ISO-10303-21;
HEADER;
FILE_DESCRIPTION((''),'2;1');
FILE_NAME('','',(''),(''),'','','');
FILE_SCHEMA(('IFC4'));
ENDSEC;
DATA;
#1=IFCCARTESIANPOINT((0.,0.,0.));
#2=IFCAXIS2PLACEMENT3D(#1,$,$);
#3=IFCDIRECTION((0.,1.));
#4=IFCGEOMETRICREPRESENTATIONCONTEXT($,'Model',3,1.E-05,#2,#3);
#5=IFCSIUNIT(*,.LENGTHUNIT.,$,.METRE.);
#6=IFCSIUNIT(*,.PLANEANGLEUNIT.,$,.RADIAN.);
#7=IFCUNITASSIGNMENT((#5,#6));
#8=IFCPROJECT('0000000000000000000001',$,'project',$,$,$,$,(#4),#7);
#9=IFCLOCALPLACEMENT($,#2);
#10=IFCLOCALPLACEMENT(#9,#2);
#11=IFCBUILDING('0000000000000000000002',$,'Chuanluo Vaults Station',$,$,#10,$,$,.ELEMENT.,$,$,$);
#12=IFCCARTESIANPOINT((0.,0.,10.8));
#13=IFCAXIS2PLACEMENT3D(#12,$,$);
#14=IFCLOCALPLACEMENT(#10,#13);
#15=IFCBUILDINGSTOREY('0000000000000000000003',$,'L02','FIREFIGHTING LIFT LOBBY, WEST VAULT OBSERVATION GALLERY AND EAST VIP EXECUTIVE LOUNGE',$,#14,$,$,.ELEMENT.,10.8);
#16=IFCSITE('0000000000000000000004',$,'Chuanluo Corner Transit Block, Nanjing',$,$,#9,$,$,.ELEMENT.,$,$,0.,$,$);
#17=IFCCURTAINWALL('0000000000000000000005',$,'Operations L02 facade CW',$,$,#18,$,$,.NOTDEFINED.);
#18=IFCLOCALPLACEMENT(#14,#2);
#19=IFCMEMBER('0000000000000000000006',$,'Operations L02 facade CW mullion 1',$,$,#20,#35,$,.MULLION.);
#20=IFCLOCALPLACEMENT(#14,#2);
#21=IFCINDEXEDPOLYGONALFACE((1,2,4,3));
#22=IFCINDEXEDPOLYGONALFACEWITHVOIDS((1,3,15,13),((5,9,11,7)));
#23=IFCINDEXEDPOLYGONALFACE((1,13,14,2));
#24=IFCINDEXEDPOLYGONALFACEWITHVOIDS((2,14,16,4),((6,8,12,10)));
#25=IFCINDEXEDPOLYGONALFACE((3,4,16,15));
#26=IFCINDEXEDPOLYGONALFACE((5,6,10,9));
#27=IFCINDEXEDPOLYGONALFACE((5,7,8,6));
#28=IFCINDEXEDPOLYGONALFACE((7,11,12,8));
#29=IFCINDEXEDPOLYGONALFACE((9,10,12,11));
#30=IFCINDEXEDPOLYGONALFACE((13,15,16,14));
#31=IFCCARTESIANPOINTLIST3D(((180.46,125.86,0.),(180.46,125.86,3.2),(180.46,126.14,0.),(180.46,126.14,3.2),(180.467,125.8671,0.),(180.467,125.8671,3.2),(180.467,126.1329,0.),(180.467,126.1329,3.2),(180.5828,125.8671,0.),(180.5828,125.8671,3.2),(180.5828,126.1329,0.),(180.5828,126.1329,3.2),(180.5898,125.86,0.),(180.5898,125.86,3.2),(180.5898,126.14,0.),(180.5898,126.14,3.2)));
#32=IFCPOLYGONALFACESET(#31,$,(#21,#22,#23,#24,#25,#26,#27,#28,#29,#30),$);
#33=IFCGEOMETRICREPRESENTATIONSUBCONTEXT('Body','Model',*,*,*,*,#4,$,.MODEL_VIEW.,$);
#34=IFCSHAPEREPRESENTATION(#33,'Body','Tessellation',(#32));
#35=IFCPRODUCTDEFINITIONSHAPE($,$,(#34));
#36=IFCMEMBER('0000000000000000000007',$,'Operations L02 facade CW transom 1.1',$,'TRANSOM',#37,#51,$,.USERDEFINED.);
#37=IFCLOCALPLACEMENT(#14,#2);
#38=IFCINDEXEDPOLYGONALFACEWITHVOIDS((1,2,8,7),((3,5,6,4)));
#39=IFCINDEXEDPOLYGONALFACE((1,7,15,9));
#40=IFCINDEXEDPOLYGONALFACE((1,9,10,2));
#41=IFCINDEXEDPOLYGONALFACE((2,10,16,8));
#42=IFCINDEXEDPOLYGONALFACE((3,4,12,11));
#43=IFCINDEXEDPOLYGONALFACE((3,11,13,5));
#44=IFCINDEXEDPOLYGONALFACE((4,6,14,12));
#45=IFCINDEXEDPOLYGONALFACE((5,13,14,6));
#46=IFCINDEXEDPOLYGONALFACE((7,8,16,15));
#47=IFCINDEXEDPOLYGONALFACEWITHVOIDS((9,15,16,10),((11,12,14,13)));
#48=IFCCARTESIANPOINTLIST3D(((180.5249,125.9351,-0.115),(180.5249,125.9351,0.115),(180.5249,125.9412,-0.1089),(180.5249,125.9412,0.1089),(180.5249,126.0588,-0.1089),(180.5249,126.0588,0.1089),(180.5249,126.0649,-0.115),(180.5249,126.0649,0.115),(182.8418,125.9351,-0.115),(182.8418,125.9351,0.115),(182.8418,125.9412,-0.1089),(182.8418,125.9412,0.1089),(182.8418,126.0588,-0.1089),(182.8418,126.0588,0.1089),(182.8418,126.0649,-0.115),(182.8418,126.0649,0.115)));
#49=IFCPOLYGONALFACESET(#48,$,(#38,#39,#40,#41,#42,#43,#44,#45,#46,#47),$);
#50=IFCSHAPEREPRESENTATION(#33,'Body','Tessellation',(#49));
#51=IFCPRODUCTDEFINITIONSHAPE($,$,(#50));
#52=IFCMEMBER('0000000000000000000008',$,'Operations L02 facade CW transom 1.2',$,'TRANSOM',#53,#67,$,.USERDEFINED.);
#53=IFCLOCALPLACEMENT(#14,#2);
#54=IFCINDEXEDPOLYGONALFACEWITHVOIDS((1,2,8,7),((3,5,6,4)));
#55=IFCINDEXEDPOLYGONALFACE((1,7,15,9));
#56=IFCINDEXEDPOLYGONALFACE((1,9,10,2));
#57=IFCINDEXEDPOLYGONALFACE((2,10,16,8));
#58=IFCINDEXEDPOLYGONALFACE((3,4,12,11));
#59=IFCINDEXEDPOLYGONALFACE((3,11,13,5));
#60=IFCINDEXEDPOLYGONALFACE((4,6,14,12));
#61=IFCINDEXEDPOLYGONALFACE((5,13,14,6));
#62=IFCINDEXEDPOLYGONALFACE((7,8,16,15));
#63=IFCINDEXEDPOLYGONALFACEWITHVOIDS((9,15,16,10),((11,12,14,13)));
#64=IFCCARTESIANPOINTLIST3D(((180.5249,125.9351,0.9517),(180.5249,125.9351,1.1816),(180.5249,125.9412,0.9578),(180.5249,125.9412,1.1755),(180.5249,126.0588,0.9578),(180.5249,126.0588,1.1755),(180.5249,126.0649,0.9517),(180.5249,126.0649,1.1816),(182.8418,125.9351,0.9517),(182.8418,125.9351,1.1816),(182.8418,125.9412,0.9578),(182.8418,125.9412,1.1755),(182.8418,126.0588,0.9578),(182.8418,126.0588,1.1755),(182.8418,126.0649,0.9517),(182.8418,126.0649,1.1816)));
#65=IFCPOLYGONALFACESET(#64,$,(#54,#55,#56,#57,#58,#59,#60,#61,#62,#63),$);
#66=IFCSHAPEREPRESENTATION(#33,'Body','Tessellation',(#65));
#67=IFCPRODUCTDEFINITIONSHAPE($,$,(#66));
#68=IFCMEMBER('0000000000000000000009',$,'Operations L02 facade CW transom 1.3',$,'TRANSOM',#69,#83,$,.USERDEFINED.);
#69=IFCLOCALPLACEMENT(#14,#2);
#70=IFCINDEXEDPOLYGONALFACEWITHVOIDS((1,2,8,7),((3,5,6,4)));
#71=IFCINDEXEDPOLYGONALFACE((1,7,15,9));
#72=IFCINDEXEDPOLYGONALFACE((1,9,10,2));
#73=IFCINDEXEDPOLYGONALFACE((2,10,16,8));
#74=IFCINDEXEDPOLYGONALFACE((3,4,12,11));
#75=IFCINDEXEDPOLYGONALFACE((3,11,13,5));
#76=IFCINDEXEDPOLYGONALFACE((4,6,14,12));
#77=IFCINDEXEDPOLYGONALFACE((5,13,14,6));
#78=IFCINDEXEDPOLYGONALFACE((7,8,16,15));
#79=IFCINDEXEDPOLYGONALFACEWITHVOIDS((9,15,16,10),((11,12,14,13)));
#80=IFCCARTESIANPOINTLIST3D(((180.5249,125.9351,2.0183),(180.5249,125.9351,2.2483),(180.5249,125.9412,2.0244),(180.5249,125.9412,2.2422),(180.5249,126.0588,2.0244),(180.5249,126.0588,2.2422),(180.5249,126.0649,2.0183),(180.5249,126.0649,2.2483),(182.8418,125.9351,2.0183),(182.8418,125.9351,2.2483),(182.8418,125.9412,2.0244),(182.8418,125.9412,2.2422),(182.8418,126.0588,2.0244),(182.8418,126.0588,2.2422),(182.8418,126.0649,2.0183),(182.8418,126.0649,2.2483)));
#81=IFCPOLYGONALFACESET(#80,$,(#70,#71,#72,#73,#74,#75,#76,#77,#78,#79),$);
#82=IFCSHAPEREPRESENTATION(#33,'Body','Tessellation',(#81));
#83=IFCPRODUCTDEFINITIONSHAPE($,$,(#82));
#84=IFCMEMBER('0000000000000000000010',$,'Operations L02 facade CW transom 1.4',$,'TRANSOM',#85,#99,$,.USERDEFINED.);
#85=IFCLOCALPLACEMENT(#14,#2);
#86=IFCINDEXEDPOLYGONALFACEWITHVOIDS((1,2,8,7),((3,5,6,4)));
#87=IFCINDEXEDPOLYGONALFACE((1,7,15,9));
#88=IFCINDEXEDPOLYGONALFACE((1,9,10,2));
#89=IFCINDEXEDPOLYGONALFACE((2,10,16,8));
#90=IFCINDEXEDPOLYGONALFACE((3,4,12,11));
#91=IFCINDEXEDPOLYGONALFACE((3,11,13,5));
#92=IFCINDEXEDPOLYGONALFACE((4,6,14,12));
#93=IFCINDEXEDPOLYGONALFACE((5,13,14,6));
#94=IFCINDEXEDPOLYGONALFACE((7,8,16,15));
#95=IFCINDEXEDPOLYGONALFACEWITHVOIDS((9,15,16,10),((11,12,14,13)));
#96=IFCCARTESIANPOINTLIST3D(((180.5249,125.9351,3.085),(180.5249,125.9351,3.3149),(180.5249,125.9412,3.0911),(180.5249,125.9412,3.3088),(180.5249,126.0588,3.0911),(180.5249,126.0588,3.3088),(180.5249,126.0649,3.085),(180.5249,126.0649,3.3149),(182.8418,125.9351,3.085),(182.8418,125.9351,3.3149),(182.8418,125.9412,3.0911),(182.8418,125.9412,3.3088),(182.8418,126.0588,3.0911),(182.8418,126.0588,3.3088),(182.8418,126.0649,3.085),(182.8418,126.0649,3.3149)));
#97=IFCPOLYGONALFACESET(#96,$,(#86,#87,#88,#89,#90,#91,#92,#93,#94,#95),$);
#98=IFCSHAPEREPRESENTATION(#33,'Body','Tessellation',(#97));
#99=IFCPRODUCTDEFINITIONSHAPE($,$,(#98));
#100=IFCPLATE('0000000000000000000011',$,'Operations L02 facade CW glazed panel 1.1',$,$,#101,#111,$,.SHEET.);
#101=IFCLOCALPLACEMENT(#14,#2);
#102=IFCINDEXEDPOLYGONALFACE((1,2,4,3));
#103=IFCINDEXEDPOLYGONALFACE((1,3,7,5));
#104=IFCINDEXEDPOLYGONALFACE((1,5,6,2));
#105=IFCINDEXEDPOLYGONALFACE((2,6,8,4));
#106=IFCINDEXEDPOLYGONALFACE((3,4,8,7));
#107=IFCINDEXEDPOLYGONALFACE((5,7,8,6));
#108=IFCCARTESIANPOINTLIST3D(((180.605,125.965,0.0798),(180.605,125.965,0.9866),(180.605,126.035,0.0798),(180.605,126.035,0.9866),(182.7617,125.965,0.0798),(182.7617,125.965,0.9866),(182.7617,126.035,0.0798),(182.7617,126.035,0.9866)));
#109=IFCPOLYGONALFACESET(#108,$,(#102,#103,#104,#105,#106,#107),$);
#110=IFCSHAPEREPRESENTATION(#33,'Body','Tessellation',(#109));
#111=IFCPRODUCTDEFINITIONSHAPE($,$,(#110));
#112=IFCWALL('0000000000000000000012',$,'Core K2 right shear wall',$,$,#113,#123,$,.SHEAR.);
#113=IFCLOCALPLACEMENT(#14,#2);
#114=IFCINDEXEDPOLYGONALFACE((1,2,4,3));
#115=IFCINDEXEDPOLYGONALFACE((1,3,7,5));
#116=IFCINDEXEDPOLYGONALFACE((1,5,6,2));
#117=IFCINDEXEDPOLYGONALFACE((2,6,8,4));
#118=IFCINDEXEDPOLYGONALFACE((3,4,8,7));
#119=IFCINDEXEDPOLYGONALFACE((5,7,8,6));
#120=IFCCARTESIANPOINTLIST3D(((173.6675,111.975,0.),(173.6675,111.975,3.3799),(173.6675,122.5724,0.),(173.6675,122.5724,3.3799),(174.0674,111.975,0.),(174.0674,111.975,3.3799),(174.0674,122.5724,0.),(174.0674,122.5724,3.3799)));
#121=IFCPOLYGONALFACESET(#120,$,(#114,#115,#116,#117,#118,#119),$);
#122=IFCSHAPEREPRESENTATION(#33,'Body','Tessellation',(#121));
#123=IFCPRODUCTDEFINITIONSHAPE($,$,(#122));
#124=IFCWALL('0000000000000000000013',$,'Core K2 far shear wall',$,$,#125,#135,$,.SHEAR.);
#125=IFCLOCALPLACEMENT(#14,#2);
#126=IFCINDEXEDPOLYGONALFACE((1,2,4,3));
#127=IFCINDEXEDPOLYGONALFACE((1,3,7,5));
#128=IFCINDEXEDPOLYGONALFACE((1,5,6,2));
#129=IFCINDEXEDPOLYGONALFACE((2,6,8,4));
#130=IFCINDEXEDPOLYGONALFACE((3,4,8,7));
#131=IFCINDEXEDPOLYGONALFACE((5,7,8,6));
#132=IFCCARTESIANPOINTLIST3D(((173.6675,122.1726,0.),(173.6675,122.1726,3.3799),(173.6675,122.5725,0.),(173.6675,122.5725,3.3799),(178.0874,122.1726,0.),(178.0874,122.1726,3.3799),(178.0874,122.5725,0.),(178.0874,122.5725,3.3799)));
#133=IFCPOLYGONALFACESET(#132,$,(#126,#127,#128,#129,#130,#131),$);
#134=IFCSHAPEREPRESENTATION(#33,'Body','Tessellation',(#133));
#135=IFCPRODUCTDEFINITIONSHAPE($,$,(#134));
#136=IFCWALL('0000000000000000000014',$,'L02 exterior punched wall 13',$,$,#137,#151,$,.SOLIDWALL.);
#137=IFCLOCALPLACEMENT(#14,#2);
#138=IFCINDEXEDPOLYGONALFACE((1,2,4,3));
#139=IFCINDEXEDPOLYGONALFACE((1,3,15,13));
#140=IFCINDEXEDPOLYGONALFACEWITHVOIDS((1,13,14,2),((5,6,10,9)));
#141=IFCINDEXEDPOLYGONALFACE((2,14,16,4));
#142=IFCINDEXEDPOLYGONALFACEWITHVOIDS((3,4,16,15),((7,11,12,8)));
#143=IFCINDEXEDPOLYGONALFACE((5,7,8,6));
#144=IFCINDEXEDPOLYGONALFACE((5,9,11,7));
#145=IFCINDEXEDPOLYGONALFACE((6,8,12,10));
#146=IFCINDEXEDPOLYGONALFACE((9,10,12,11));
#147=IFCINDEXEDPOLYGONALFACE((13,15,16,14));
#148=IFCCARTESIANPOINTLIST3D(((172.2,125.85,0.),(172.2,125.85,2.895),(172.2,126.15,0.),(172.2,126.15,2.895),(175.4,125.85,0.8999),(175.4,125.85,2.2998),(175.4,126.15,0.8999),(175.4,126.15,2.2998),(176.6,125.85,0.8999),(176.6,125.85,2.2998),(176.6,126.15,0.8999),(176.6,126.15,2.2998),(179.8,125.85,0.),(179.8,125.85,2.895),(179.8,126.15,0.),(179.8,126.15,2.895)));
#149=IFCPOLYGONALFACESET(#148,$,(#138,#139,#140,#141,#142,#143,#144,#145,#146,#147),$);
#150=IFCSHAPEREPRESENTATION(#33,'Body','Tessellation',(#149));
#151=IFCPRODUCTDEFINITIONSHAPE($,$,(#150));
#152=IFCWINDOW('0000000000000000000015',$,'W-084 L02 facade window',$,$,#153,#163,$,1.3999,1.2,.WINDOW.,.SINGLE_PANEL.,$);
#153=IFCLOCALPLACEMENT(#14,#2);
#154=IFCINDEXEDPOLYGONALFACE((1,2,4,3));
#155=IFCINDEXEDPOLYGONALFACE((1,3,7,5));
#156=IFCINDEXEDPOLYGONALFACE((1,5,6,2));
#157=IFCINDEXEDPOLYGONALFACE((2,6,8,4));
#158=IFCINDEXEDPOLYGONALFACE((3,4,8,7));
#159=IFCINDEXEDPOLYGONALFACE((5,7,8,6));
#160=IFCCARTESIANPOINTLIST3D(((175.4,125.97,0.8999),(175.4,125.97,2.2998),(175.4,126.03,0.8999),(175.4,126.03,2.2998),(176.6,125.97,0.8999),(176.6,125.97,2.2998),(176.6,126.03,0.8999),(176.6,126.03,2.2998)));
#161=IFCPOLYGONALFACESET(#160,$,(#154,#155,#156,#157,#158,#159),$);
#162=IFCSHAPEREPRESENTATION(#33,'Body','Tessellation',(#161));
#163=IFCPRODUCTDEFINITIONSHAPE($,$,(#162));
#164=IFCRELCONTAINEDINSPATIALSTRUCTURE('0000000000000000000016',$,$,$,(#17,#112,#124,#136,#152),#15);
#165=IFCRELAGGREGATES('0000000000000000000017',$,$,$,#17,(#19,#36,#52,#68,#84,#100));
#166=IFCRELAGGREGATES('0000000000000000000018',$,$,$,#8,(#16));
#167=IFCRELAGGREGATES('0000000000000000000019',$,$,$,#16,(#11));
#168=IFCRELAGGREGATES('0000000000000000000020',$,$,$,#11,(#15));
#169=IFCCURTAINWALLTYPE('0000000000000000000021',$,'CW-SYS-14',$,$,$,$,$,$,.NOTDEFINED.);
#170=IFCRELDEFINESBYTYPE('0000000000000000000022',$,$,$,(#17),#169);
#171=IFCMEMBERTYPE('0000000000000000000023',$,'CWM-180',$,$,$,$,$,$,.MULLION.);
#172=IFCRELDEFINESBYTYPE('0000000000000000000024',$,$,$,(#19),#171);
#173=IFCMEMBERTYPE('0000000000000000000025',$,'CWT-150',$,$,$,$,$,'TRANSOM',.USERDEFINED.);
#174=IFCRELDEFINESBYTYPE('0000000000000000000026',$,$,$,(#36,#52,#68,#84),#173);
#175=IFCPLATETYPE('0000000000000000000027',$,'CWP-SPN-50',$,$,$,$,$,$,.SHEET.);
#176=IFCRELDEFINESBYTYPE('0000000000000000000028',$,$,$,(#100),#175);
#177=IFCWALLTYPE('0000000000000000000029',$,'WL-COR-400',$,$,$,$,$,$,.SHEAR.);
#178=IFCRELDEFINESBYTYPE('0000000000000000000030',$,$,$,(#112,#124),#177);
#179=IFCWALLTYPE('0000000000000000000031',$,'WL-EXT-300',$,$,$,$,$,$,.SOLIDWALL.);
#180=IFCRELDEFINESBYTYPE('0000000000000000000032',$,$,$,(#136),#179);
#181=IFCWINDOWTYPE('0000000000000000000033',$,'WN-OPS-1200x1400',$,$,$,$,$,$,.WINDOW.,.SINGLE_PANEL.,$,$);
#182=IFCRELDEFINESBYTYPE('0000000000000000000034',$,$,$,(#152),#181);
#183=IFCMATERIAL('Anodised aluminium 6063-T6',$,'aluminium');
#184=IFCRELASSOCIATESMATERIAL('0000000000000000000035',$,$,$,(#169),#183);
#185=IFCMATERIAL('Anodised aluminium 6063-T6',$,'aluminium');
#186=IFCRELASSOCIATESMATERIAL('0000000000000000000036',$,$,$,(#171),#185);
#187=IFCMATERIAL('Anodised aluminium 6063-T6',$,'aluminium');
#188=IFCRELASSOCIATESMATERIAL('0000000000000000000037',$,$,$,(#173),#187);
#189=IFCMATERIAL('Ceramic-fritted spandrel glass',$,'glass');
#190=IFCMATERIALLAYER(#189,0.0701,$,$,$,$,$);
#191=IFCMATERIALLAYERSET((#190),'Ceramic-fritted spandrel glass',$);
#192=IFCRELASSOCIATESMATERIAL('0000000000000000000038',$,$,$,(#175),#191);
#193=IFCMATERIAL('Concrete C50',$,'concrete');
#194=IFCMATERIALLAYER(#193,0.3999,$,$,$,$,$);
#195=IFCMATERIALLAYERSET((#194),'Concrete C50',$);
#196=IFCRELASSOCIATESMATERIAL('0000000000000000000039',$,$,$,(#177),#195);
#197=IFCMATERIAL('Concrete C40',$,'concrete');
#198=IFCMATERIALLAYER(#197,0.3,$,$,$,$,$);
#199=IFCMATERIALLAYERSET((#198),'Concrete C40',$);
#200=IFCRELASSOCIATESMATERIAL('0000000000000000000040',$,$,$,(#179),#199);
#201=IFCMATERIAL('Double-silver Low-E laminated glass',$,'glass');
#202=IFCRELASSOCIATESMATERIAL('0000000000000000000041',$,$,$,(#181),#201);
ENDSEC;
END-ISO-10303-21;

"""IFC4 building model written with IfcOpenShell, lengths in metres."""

from ifc_helpers import new_model, si_unit, direction, frame, frame_2d, origin, origin_2d, place, context, subcontext, project, spatial, rectangle, hollow_rectangle, extrude, material, layer, layer_set, material_profile, profile_set, type_object, element, fill, aggregate, save


model = new_model("IFC4")

# Units and contexts
model_context = context("Model", 3, precision=1e-05, world=origin(), true_north=direction((0.0, 1.0)))
body_context = subcontext(model_context, "Body", "Model", "MODEL_VIEW")
ifc_project = project(units=[si_unit("LENGTHUNIT", "METRE"), si_unit("PLANEANGLEUNIT", "RADIAN")], contexts=[model_context])

# Site, building, storey
site_placement = place(None, origin())
site = spatial("IfcSite", under=ifc_project, at=site_placement, Name="Chuanluo Corner Transit Block, Nanjing", CompositionType="ELEMENT", RefElevation=0.0)
building_placement = place(site_placement, origin())
building = spatial("IfcBuilding", under=site, at=building_placement, Name="Chuanluo Vaults Station", CompositionType="ELEMENT")
storey_placement = place(building_placement, frame((0.0, 0.0, 10.8)))
storey = spatial("IfcBuildingStorey", under=building, at=storey_placement, Name="L02", Description="FIREFIGHTING LIFT LOBBY, WEST VAULT OBSERVATION GALLERY AND EAST VIP EXECUTIVE LOUNGE", CompositionType="ELEMENT", Elevation=10.8)

# Curtain wall, members, plate
ifc_material_1 = material(Name="Anodised aluminium 6063-T6", Category="aluminium")
curtain_wall_type = type_object("IfcCurtainWallType", Name="CW-SYS-14", PredefinedType="NOTDEFINED", material=ifc_material_1)
curtain_wall_placement = place(storey_placement, origin())
curtain_wall = element("IfcCurtainWall", 1, at=curtain_wall_placement, inside=storey, type_object=curtain_wall_type, Name="Operations L02 facade CW", PredefinedType="NOTDEFINED")
ifc_material_2 = material(Name="Anodised aluminium 6063-T6", Category="aluminium")
ifc_material_profile_1 = material_profile(ifc_material_2, hollow_rectangle(XDim=0.1299, YDim=0.28, WallThickness=0.0071, at=origin_2d()))
ifc_profile_set_1 = profile_set([ifc_material_profile_1], Name="Anodised aluminium 6063-T6")
member_type_1 = type_object("IfcMemberType", Name="CWM-180", PredefinedType="MULLION", material=ifc_profile_set_1)
member_1_placement = place(storey_placement, frame((180.5249, 126.0, 0.0), z_axis=(0.0, 0.0, 1.0), x_axis=(1.0, 0.0, 0.0)))
member_1 = element("IfcMember", 2, at=member_1_placement, type_object=member_type_1, Name="Operations L02 facade CW mullion 1", PredefinedType="MULLION", context=body_context, shape_type="SweptSolid", body=[
    extrude(hollow_rectangle(XDim=0.1299, YDim=0.28, WallThickness=0.0071, at=origin_2d()), origin(), (0.0, 0.0, 1.0), 3.2),
])
ifc_material_3 = material(Name="Anodised aluminium 6063-T6", Category="aluminium")
ifc_material_profile_2 = material_profile(ifc_material_3, hollow_rectangle(XDim=0.1299, YDim=0.23, WallThickness=0.0061, at=origin_2d()))
ifc_profile_set_2 = profile_set([ifc_material_profile_2], Name="Anodised aluminium 6063-T6")
member_type_2 = type_object("IfcMemberType", Name="CWT-150", ElementType="TRANSOM", PredefinedType="USERDEFINED", material=ifc_profile_set_2)
member_2_placement = place(storey_placement, frame((180.5249, 126.0, 0.0), z_axis=(1.0, 0.0, 0.0), x_axis=(0.0, 1.0, 0.0)))
member_2 = element("IfcMember", 3, at=member_2_placement, type_object=member_type_2, Name="Operations L02 facade CW transom 1.1", ObjectType="TRANSOM", PredefinedType="USERDEFINED", context=body_context, shape_type="SweptSolid", body=[
    extrude(hollow_rectangle(XDim=0.1299, YDim=0.23, WallThickness=0.0061, at=origin_2d()), origin(), (0.0, 0.0, 1.0), 2.3169),
])
member_3_placement = place(storey_placement, frame((180.5249, 126.0, 1.0667), z_axis=(1.0, 0.0, 0.0), x_axis=(0.0, 1.0, 0.0)))
member_3 = element("IfcMember", 4, at=member_3_placement, type_object=member_type_2, Name="Operations L02 facade CW transom 1.2", ObjectType="TRANSOM", PredefinedType="USERDEFINED", context=body_context, shape_type="SweptSolid", body=[
    extrude(hollow_rectangle(XDim=0.1299, YDim=0.23, WallThickness=0.0061, at=origin_2d()), origin(), (0.0, 0.0, 1.0), 2.3169),
])
member_4_placement = place(storey_placement, frame((180.5249, 126.0, 2.1333), z_axis=(1.0, 0.0, 0.0), x_axis=(0.0, 1.0, 0.0)))
member_4 = element("IfcMember", 5, at=member_4_placement, type_object=member_type_2, Name="Operations L02 facade CW transom 1.3", ObjectType="TRANSOM", PredefinedType="USERDEFINED", context=body_context, shape_type="SweptSolid", body=[
    extrude(hollow_rectangle(XDim=0.1299, YDim=0.23, WallThickness=0.0061, at=origin_2d()), origin(), (0.0, 0.0, 1.0), 2.3169),
])
member_5_placement = place(storey_placement, frame((180.5249, 126.0, 3.2), z_axis=(1.0, 0.0, 0.0), x_axis=(0.0, 1.0, 0.0)))
member_5 = element("IfcMember", 6, at=member_5_placement, type_object=member_type_2, Name="Operations L02 facade CW transom 1.4", ObjectType="TRANSOM", PredefinedType="USERDEFINED", context=body_context, shape_type="SweptSolid", body=[
    extrude(hollow_rectangle(XDim=0.1299, YDim=0.23, WallThickness=0.0061, at=origin_2d()), origin(), (0.0, 0.0, 1.0), 2.3169),
])
ifc_material_4 = material(Name="Ceramic-fritted spandrel glass", Category="glass")
ifc_layer_1 = layer(ifc_material_4, 0.0701)
ifc_layer_set_1 = layer_set([ifc_layer_1], Name="Ceramic-fritted spandrel glass")
plate_type = type_object("IfcPlateType", Name="CWP-SPN-50", PredefinedType="SHEET", material=ifc_layer_set_1)
plate_placement = place(storey_placement, frame((181.6833, 126.0, 0.0798), z_axis=(0.0, 0.0, 1.0), x_axis=(1.0, 0.0, 0.0)))
plate = element("IfcPlate", 7, at=plate_placement, type_object=plate_type, Name="Operations L02 facade CW glazed panel 1.1", PredefinedType="SHEET", context=body_context, shape_type="SweptSolid", body=[
    extrude(rectangle(XDim=2.1567, YDim=0.0701, at=origin_2d()), origin(), (0.0, 0.0, 1.0), 0.9067),
])
aggregate(curtain_wall, [member_1, member_2, member_3, member_4, member_5, plate])

# Walls
ifc_material_5 = material(Name="Concrete C50", Category="concrete")
ifc_layer_2 = layer(ifc_material_5, 0.3999)
ifc_layer_set_2 = layer_set([ifc_layer_2], Name="Concrete C50")
wall_type_1 = type_object("IfcWallType", Name="WL-COR-400", PredefinedType="SHEAR", material=ifc_layer_set_2)
wall_1_placement = place(storey_placement, frame((173.8674, 122.5725, 0.0), z_axis=(0.0, 0.0, 1.0), x_axis=(0.0, -1.0, 0.0)))
element("IfcWall", 8, at=wall_1_placement, inside=storey, type_object=wall_type_1, Name="Core K2 right shear wall", PredefinedType="SHEAR", context=body_context, shape_type="SweptSolid", body=[
    extrude(rectangle(XDim=10.5974, YDim=0.3999, at=frame_2d((5.2988, 0.0))), origin(), (0.0, 0.0, 1.0), 3.3799),
])
wall_2_placement = place(storey_placement, frame((178.0874, 122.3726, 0.0), z_axis=(0.0, 0.0, 1.0), x_axis=(-1.0, 0.0, 0.0)))
element("IfcWall", 9, at=wall_2_placement, inside=storey, type_object=wall_type_1, Name="Core K2 far shear wall", PredefinedType="SHEAR", context=body_context, shape_type="SweptSolid", body=[
    extrude(rectangle(XDim=4.4199, YDim=0.3999, at=frame_2d((2.21, 0.0))), origin(), (0.0, 0.0, 1.0), 3.3799),
])

# Wall, opening, window
ifc_material_6 = material(Name="Concrete C40", Category="concrete")
ifc_layer_3 = layer(ifc_material_6, 0.3)
ifc_layer_set_3 = layer_set([ifc_layer_3], Name="Concrete C40")
wall_type_2 = type_object("IfcWallType", Name="WL-EXT-300", PredefinedType="SOLIDWALL", material=ifc_layer_set_3)
wall_3_placement = place(storey_placement, frame((172.2, 126.0, 0.0), z_axis=(0.0, 0.0, 1.0), x_axis=(1.0, 0.0, 0.0)))
wall_3 = element("IfcWall", 10, at=wall_3_placement, inside=storey, type_object=wall_type_2, Name="L02 exterior punched wall 13", PredefinedType="SOLIDWALL", context=body_context, shape_type="SweptSolid", body=[
    extrude(rectangle(XDim=7.6001, YDim=0.3, at=frame_2d((3.8, 0.0))), origin(), (0.0, 0.0, 1.0), 2.895),
])
opening_1_placement = place(wall_3_placement, frame((3.2, 0.0, 0.8999)))
opening_1 = element("IfcOpeningElement", 11, at=opening_1_placement, cuts=wall_3, PredefinedType="OPENING", context=body_context, shape_type="SweptSolid", body=[
    extrude(rectangle(XDim=1.2, YDim=1.3999, at=frame_2d((0.6001, 0.7))), frame((0.0, 0.1599, 0.0), z_axis=(0.0, -1.0, 0.0), x_axis=(1.0, 0.0, 0.0)), (0.0, 0.0, 1.0), 0.3201),
])
ifc_material_7 = material(Name="Double-silver Low-E laminated glass", Category="glass")
window_type = type_object("IfcWindowType", Name="WN-OPS-1200x1400", PartitioningType="SINGLE_PANEL", PredefinedType="WINDOW", material=ifc_material_7)
window_placement = place(opening_1_placement, origin())
window = element("IfcWindow", 12, at=window_placement, inside=storey, type_object=window_type, Name="W-084 L02 facade window", OverallHeight=1.3999, OverallWidth=1.2, PartitioningType="SINGLE_PANEL", PredefinedType="WINDOW", context=body_context, shape_type="SweptSolid", body=[
    extrude(rectangle(XDim=1.2, YDim=1.3999, at=frame_2d((0.6001, 0.7))), frame((0.0, 0.03, 0.0), z_axis=(0.0, -1.0, 0.0), x_axis=(1.0, 0.0, 0.0)), (0.0, 0.0, 1.0), 0.0601),
])
fill(opening_1, window)

save(model, "model.ifc")
